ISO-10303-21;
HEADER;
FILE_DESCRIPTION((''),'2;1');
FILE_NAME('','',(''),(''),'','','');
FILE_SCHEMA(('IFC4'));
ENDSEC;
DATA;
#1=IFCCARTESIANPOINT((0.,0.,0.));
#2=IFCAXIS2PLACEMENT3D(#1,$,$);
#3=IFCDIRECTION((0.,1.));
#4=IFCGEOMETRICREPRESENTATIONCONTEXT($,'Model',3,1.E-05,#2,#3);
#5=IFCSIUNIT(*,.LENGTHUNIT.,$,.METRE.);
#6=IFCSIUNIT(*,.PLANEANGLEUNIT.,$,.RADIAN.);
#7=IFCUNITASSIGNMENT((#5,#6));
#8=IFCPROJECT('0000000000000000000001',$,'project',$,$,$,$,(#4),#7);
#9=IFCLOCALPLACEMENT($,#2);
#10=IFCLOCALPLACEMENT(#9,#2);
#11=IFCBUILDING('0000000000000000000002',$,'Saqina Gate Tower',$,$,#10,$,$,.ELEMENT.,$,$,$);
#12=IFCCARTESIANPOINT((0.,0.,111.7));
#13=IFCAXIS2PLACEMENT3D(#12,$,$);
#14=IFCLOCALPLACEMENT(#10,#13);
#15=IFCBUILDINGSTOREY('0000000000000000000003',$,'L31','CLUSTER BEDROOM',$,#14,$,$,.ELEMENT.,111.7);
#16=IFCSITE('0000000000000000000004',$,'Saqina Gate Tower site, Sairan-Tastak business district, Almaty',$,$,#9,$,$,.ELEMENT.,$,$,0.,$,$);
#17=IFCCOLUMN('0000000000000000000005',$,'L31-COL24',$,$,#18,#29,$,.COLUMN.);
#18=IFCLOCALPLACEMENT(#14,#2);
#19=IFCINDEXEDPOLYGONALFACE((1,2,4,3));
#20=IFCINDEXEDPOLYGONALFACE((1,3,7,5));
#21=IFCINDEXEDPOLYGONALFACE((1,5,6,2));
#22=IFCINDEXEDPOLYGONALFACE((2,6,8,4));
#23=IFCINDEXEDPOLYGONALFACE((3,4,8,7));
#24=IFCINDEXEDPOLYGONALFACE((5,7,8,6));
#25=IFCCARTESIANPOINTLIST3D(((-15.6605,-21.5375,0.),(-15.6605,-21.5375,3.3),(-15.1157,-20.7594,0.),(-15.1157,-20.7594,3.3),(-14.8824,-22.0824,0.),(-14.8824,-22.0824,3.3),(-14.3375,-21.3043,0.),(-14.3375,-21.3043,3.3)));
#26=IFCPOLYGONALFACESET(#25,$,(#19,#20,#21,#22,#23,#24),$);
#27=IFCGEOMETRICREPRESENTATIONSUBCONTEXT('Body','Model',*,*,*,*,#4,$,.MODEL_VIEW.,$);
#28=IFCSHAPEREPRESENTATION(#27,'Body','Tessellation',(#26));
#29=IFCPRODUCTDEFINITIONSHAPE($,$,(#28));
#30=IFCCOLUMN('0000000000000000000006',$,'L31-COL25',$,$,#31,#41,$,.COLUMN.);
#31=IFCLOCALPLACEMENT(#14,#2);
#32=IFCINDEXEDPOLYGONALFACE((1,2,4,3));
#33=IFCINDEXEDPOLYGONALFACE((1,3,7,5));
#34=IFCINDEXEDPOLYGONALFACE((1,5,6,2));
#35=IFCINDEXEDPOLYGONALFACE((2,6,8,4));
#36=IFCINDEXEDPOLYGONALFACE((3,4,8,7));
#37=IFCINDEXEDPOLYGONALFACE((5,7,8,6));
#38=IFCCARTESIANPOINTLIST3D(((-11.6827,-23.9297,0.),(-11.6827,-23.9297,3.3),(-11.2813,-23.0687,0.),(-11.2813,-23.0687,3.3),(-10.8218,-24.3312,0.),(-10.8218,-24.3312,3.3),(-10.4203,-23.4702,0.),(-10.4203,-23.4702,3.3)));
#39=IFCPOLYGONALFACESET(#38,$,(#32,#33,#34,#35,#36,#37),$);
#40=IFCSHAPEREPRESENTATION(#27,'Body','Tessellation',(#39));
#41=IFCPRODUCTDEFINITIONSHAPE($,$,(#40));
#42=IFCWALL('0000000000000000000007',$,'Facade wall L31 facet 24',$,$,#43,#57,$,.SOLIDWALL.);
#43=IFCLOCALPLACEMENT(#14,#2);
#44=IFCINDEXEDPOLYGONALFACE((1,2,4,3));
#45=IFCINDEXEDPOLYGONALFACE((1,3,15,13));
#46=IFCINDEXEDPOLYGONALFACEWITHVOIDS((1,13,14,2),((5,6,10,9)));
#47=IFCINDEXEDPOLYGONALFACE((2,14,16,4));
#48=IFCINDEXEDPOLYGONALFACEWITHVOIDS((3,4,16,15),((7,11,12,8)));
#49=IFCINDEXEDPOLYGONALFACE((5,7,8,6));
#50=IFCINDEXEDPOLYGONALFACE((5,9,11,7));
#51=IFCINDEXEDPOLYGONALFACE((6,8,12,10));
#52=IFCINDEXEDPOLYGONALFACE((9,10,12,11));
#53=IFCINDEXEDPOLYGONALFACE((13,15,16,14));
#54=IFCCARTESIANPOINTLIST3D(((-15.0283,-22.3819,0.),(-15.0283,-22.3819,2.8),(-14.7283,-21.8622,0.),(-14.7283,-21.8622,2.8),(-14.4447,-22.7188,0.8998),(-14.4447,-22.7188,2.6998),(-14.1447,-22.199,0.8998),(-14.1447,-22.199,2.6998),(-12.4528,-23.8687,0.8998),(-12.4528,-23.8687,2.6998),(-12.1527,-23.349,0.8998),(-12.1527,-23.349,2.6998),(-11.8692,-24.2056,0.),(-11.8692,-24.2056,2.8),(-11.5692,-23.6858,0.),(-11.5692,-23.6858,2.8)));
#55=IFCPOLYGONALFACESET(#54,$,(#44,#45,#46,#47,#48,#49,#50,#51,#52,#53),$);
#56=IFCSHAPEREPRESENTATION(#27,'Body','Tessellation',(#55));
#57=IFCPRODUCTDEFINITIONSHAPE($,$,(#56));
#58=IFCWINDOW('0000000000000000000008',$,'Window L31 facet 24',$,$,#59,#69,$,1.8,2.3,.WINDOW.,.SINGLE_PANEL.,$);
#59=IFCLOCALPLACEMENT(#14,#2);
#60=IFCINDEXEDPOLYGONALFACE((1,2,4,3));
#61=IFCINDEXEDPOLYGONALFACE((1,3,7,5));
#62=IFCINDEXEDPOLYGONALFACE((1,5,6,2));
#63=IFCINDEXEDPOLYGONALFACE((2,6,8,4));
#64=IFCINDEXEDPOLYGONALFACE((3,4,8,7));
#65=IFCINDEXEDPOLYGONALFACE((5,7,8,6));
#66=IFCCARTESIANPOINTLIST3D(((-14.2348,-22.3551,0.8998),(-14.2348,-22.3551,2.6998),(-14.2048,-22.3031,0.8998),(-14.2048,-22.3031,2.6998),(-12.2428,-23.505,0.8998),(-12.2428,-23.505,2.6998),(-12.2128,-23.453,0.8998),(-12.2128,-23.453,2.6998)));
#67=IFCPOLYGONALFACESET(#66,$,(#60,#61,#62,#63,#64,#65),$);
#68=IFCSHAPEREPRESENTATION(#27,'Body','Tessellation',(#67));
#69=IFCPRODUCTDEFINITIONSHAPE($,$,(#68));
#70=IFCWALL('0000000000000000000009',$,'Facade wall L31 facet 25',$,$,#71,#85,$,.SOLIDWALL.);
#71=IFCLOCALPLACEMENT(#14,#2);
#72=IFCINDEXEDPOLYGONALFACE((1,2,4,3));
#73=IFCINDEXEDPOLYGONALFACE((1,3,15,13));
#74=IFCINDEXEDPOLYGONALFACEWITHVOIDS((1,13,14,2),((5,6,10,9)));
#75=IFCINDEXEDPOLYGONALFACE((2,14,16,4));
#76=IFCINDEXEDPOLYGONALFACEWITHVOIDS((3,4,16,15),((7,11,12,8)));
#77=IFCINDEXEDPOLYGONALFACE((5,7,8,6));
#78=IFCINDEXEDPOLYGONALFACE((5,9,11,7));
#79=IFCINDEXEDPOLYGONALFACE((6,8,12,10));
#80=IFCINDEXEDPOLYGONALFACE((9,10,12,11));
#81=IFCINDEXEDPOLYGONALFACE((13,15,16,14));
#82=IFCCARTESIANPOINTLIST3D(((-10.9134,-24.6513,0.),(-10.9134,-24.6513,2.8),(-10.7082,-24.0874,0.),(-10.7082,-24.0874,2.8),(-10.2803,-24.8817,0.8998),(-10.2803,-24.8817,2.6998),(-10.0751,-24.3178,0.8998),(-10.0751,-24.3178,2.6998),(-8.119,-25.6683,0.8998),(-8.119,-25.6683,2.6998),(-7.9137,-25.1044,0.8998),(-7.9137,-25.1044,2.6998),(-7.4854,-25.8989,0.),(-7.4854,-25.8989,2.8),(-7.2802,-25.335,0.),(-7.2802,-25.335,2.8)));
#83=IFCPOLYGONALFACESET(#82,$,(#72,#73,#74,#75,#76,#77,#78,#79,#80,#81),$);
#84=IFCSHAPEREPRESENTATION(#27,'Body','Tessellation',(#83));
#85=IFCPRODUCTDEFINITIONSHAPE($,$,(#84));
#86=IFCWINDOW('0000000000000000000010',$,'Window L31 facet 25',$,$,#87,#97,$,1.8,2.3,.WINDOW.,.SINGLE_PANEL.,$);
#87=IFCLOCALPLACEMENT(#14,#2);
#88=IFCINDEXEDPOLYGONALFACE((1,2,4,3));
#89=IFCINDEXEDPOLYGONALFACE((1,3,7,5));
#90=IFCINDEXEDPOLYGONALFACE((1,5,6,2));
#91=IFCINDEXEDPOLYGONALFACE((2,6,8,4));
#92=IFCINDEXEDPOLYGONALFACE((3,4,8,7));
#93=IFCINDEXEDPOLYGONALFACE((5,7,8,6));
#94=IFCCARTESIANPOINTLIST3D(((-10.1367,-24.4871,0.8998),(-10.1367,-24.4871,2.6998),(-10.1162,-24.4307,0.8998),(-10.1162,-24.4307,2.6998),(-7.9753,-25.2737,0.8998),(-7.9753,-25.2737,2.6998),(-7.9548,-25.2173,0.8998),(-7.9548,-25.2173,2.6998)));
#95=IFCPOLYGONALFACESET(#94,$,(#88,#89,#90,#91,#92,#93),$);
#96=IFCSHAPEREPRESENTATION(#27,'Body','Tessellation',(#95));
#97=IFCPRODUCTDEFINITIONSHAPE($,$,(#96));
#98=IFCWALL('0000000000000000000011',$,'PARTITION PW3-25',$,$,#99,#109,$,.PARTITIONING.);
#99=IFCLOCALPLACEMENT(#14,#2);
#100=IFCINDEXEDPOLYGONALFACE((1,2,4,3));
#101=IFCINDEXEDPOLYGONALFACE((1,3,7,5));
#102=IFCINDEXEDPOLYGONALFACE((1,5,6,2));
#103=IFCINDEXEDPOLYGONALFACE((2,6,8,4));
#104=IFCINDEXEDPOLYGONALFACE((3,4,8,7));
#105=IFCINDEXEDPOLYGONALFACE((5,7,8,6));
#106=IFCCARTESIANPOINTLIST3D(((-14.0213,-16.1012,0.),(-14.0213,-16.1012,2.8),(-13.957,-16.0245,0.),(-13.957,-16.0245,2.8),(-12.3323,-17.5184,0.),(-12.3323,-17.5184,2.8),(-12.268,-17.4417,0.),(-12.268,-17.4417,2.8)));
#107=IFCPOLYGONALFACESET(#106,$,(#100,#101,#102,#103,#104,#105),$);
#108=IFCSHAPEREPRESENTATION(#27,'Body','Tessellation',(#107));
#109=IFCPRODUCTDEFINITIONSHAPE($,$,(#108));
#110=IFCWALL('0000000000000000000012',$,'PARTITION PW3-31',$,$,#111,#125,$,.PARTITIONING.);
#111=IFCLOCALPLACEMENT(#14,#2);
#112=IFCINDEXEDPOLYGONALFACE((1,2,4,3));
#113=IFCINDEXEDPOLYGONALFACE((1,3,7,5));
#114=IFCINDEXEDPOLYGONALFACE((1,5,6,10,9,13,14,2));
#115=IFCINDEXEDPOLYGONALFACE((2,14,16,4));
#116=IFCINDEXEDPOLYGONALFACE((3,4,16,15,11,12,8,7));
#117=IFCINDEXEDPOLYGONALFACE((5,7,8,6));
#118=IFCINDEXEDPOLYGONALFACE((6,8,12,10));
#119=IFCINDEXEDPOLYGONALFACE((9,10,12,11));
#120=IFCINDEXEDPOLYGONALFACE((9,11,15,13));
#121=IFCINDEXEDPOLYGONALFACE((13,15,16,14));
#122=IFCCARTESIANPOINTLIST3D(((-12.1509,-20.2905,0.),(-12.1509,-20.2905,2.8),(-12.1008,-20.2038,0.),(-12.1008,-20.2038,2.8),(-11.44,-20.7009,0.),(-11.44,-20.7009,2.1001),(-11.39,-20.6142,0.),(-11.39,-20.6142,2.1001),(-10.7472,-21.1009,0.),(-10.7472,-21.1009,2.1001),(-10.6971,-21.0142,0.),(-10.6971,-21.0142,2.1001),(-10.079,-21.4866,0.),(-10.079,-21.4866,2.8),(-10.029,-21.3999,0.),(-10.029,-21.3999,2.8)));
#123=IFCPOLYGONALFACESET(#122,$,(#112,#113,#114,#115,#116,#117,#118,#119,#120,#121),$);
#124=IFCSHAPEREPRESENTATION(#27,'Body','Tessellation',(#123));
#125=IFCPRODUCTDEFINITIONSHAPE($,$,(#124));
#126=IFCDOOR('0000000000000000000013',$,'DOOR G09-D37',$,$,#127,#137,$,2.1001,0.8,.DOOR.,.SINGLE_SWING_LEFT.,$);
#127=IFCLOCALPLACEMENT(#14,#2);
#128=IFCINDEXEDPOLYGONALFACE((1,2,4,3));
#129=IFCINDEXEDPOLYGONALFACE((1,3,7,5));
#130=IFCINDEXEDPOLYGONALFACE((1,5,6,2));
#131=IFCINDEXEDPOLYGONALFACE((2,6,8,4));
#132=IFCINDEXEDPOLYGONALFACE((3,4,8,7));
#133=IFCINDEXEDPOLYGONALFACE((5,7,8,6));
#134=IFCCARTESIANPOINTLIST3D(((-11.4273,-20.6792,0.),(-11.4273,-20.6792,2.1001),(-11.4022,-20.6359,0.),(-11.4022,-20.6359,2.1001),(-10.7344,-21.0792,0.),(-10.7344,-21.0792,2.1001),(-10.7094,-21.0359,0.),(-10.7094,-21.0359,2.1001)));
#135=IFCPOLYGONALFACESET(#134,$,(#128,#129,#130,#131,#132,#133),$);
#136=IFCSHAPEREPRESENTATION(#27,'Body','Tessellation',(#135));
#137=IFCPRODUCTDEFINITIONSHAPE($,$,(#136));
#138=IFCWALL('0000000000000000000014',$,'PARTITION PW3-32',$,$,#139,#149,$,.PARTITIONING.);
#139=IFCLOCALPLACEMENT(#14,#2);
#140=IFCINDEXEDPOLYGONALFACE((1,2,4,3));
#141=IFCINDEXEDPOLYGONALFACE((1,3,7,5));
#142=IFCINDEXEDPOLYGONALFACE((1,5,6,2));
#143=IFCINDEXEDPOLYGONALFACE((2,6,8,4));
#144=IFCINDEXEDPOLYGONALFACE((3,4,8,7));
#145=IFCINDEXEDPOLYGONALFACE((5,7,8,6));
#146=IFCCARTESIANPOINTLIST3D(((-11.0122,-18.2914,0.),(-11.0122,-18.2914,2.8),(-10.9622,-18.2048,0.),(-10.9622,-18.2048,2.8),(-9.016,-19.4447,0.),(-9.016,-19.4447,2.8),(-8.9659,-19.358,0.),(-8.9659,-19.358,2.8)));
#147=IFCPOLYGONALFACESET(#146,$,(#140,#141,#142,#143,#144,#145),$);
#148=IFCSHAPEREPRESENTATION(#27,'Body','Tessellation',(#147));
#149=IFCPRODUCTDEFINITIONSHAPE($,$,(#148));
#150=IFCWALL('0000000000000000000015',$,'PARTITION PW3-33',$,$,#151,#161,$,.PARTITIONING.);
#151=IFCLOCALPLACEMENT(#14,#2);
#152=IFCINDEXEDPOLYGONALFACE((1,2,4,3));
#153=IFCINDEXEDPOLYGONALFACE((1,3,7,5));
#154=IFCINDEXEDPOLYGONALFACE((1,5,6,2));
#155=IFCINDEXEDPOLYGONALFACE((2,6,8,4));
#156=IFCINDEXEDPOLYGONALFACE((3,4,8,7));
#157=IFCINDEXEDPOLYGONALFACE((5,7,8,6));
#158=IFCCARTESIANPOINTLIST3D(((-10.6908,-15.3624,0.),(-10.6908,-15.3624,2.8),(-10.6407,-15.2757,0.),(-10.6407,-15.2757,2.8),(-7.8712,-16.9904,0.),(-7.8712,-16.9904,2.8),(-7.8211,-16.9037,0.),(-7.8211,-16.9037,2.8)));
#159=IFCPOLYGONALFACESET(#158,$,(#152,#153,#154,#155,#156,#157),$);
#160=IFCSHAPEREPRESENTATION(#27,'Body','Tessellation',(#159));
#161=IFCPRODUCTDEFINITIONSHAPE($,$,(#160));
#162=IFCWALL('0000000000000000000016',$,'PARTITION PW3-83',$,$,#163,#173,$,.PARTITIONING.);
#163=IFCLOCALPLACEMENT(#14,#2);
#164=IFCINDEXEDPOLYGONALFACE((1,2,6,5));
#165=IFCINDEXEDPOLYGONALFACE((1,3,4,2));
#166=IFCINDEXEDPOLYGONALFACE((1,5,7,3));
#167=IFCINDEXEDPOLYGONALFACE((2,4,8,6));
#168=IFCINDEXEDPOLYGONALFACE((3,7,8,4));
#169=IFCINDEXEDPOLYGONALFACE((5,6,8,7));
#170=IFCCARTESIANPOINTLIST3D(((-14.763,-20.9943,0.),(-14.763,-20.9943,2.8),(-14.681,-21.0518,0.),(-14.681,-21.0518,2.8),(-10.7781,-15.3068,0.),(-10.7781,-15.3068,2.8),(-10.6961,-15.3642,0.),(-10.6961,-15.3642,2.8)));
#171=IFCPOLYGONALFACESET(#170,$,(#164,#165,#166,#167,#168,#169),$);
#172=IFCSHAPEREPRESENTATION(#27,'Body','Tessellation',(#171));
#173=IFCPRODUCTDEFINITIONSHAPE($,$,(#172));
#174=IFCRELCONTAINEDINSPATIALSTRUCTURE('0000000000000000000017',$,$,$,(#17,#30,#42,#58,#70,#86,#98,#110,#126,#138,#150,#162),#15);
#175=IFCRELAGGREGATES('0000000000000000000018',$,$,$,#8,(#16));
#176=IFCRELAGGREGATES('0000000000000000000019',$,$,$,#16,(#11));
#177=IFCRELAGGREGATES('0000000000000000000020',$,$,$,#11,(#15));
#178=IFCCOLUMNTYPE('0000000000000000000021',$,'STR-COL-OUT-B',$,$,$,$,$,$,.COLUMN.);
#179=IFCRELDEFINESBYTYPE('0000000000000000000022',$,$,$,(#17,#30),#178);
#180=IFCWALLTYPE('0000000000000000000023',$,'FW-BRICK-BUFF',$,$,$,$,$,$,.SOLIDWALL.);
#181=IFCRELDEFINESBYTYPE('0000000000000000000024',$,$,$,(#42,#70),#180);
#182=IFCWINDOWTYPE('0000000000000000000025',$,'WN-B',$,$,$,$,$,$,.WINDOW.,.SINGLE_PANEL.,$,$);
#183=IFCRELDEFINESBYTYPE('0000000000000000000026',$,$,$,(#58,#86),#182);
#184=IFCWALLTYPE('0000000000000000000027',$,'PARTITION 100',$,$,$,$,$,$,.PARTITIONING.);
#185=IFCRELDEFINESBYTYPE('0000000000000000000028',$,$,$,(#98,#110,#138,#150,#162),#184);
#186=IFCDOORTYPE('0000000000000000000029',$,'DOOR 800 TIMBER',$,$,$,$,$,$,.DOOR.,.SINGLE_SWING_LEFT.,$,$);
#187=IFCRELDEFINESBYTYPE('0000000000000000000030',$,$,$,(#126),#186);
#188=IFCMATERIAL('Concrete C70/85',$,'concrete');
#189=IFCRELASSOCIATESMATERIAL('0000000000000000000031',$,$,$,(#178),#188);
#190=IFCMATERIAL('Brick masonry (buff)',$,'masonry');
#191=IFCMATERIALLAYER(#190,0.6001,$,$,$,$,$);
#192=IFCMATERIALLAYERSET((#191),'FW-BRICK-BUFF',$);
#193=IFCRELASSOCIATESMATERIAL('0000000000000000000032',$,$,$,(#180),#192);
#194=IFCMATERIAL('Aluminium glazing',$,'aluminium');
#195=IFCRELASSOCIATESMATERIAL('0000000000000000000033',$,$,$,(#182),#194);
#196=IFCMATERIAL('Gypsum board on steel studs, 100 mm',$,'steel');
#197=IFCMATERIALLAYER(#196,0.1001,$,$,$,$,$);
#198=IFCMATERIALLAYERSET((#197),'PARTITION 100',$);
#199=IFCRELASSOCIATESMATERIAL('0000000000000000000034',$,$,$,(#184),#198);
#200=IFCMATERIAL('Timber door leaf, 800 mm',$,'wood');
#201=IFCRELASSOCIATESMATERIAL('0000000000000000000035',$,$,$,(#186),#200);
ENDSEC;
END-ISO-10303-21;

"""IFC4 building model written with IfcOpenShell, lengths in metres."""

from ifc_helpers import new_model, si_unit, direction, frame, frame_2d, origin, origin_2d, place, context, subcontext, project, spatial, rectangle, extrude, material, layer, layer_set, material_profile, profile_set, type_object, element, fill, save


model = new_model("IFC4")

# Units and contexts
model_context = context("Model", 3, precision=1e-05, world=origin(), true_north=direction((0.0, 1.0)))
body_context = subcontext(model_context, "Body", "Model", "MODEL_VIEW")
ifc_project = project(units=[si_unit("LENGTHUNIT", "METRE"), si_unit("PLANEANGLEUNIT", "RADIAN")], contexts=[model_context])

# Site, building, storey
site_placement = place(None, origin())
site = spatial("IfcSite", under=ifc_project, at=site_placement, Name="Saqina Gate Tower site, Sairan-Tastak business district, Almaty", CompositionType="ELEMENT", RefElevation=0.0)
building_placement = place(site_placement, origin())
building = spatial("IfcBuilding", under=site, at=building_placement, Name="Saqina Gate Tower", CompositionType="ELEMENT")
storey_placement = place(building_placement, frame((0.0, 0.0, 111.7)))
storey = spatial("IfcBuildingStorey", under=building, at=storey_placement, Name="L31", Description="CLUSTER BEDROOM", CompositionType="ELEMENT", Elevation=111.7)

# Columns
ifc_material_1 = material(Name="Concrete C70/85", Category="concrete")
ifc_material_profile = material_profile(ifc_material_1, rectangle(XDim=0.95, YDim=0.95, at=origin_2d()), Name="RC 950x950")
ifc_profile_set = profile_set([ifc_material_profile], Name="Concrete C70/85")
column_type = type_object("IfcColumnType", Name="STR-COL-OUT-B", PredefinedType="COLUMN", material=ifc_profile_set)
for number, where, z_axis, x_axis, name in (
    (1, (-14.999, -21.4209, 0.0), (0.0, 0.0, 1.0), (-0.573576, -0.819152, 0.0), "L31-COL24"),
    (2, (-11.0515, -23.7, 0.0), (0.0, 0.0, 1.0), (-0.422618, -0.906308, 0.0), "L31-COL25"),
):
    element("IfcColumn", number, at=place(storey_placement, frame(where, z_axis=z_axis, x_axis=x_axis)), inside=storey, type_object=column_type, Name=name, PredefinedType="COLUMN", context=body_context, shape_type="SweptSolid", body=[
        extrude(rectangle(XDim=0.95, YDim=0.95, at=origin_2d()), origin(), (0.0, 0.0, 1.0), 3.3),
    ])

# Walls, openings, windows
ifc_material_2 = material(Name="Brick masonry (buff)", Category="masonry")
ifc_layer_1 = layer(ifc_material_2, 0.6001)
ifc_layer_set_1 = layer_set([ifc_layer_1], Name="FW-BRICK-BUFF")
wall_type_1 = type_object("IfcWallType", Name="FW-BRICK-BUFF", PredefinedType="SOLIDWALL", material=ifc_layer_set_1)
wall_1_placement = place(storey_placement, frame((-14.8782, -22.1221, 0.0), z_axis=(0.0, 0.0, 1.0), x_axis=(0.866052, -0.499954, 0.0)))
wall_1 = element("IfcWall", 3, at=wall_1_placement, inside=storey, type_object=wall_type_1, Name="Facade wall L31 facet 24", PredefinedType="SOLIDWALL", context=body_context, shape_type="SweptSolid", body=[
    extrude(rectangle(XDim=3.6477, YDim=0.6001, at=frame_2d((1.8237, 0.0))), origin(), (0.0, 0.0, 1.0), 2.8),
])
opening_1_placement = place(wall_1_placement, frame((0.6738, 0.0, 0.8999)))
opening_1 = element("IfcOpeningElement", 4, at=opening_1_placement, cuts=wall_1, PredefinedType="OPENING", context=body_context, shape_type="SweptSolid", body=[
    extrude(rectangle(XDim=2.3, YDim=1.8, at=frame_2d((1.1499, 0.8999))), frame((0.0, 0.312, 0.0), z_axis=(0.0, -1.0, 0.0), x_axis=(1.0, 0.0, 0.0)), (0.0, 0.0, 1.0), 0.624),
])
ifc_material_3 = material(Name="Aluminium glazing", Category="aluminium")
window_type = type_object("IfcWindowType", Name="WN-B", PartitioningType="SINGLE_PANEL", PredefinedType="WINDOW", material=ifc_material_3)
window_1_placement = place(opening_1_placement, origin())
window_1 = element("IfcWindow", 5, at=window_1_placement, inside=storey, type_object=window_type, Name="Window L31 facet 24", OverallHeight=1.8, OverallWidth=2.3, PartitioningType="SINGLE_PANEL", PredefinedType="WINDOW", context=body_context, shape_type="SweptSolid", body=[
    extrude(rectangle(XDim=2.3, YDim=1.8, at=frame_2d((1.1499, 0.8999))), frame((0.0, 0.1799, 0.0), z_axis=(0.0, -1.0, 0.0), x_axis=(1.0, 0.0, 0.0)), (0.0, 0.0, 1.0), 0.0601),
])
fill(opening_1, window_1)
wall_2_placement = place(storey_placement, frame((-10.8108, -24.3694, 0.0), z_axis=(0.0, 0.0, 1.0), x_axis=(0.939704, -0.34199, 0.0)))
wall_2 = element("IfcWall", 6, at=wall_2_placement, inside=storey, type_object=wall_type_1, Name="Facade wall L31 facet 25", PredefinedType="SOLIDWALL", context=body_context, shape_type="SweptSolid", body=[
    extrude(rectangle(XDim=3.6479, YDim=0.6001, at=frame_2d((1.824, 0.0))), origin(), (0.0, 0.0, 1.0), 2.8),
])
opening_2_placement = place(wall_2_placement, frame((0.6738, 0.0, 0.8999)))
opening_2 = element("IfcOpeningElement", 7, at=opening_2_placement, cuts=wall_2, PredefinedType="OPENING", context=body_context, shape_type="SweptSolid", body=[
    extrude(rectangle(XDim=2.3, YDim=1.8, at=frame_2d((1.1499, 0.8999))), frame((0.0, 0.312, 0.0), z_axis=(0.0, -1.0, 0.0), x_axis=(1.0, 0.0, 0.0)), (0.0, 0.0, 1.0), 0.624),
])
window_2_placement = place(opening_2_placement, origin())
window_2 = element("IfcWindow", 8, at=window_2_placement, inside=storey, type_object=window_type, Name="Window L31 facet 25", OverallHeight=1.8, OverallWidth=2.3, PartitioningType="SINGLE_PANEL", PredefinedType="WINDOW", context=body_context, shape_type="SweptSolid", body=[
    extrude(rectangle(XDim=2.3, YDim=1.8, at=frame_2d((1.1499, 0.8999))), frame((0.0, 0.1799, 0.0), z_axis=(0.0, -1.0, 0.0), x_axis=(1.0, 0.0, 0.0)), (0.0, 0.0, 1.0), 0.0601),
])
fill(opening_2, window_2)

# Wall
ifc_material_4 = material(Name="Gypsum board on steel studs, 100 mm", Category="steel")
ifc_layer_2 = layer(ifc_material_4, 0.1001)
ifc_layer_set_2 = layer_set([ifc_layer_2], Name="PARTITION 100")
wall_type_2 = type_object("IfcWallType", Name="PARTITION 100", PredefinedType="PARTITIONING", material=ifc_layer_set_2)
wall_3_placement = place(storey_placement, frame((-13.9893, -16.0627, 0.0), z_axis=(0.0, 0.0, 1.0), x_axis=(0.766039, -0.642795, 0.0)))
element("IfcWall", 9, at=wall_3_placement, inside=storey, type_object=wall_type_2, Name="PARTITION PW3-25", PredefinedType="PARTITIONING", context=body_context, shape_type="SweptSolid", body=[
    extrude(rectangle(XDim=2.2048, YDim=0.1001, at=frame_2d((1.1025, 0.0))), origin(), (0.0, 0.0, 1.0), 2.8),
])

# Wall, opening, door
wall_4_placement = place(storey_placement, frame((-12.126, -20.2471, 0.0), z_axis=(0.0, 0.0, 1.0), x_axis=(0.866043, -0.49997, 0.0)))
wall_4 = element("IfcWall", 10, at=wall_4_placement, inside=storey, type_object=wall_type_2, Name="PARTITION PW3-31", PredefinedType="PARTITIONING", context=body_context, shape_type="SweptSolid", body=[
    extrude(rectangle(XDim=2.3923, YDim=0.1001, at=frame_2d((1.1963, 0.0))), origin(), (0.0, 0.0, 1.0), 2.8),
])
opening_3_placement = place(wall_4_placement, frame((0.821, 0.0, 0.0)))
opening_3 = element("IfcOpeningElement", 11, at=opening_3_placement, cuts=wall_4, PredefinedType="OPENING", context=body_context, shape_type="SweptSolid", body=[
    extrude(rectangle(XDim=0.8, YDim=2.1001, at=frame_2d((0.3999, 1.05))), frame((0.0, 0.062, 0.0), z_axis=(0.0, -1.0, 0.0), x_axis=(1.0, 0.0, 0.0)), (0.0, 0.0, 1.0), 0.124),
])
ifc_material_5 = material(Name="Timber door leaf, 800 mm", Category="wood")
door_type_1 = type_object("IfcDoorType", Name="DOOR 800 TIMBER", OperationType="SINGLE_SWING_LEFT", PredefinedType="DOOR", material=ifc_material_5)
door_1_placement = place(opening_3_placement, frame((0.8, 0.0, 0.0), z_axis=(0.0, 0.0, 1.0), x_axis=(-1.0, 0.0, 0.0)))
door_1 = element("IfcDoor", 12, at=door_1_placement, inside=storey, type_object=door_type_1, Name="DOOR G09-D37", OperationType="SINGLE_SWING_LEFT", OverallHeight=2.1001, OverallWidth=0.8, PredefinedType="DOOR", context=body_context, shape_type="SweptSolid", body=[
    extrude(rectangle(XDim=0.8, YDim=2.1001, at=frame_2d((0.3999, 1.05))), frame((0.0, 0.0249, 0.0), z_axis=(0.0, -1.0, 0.0), x_axis=(1.0, 0.0, 0.0)), (0.0, 0.0, 1.0), 0.05),
])
fill(opening_3, door_1)

# Walls
wall_5_placement = place(storey_placement, frame((-10.9873, -18.248, 0.0), z_axis=(0.0, 0.0, 1.0), x_axis=(0.865887, -0.500239, 0.0)))
element("IfcWall", 13, at=wall_5_placement, inside=storey, type_object=wall_type_2, Name="PARTITION PW3-32", PredefinedType="PARTITIONING", context=body_context, shape_type="SweptSolid", body=[
    extrude(rectangle(XDim=2.3054, YDim=0.1001, at=frame_2d((1.1528, 0.0))), origin(), (0.0, 0.0, 1.0), 2.8),
])
wall_6_placement = place(storey_placement, frame((-10.6658, -15.3191, 0.0), z_axis=(0.0, 0.0, 1.0), x_axis=(0.86602, -0.50001, 0.0)))
element("IfcWall", 14, at=wall_6_placement, inside=storey, type_object=wall_type_2, Name="PARTITION PW3-33", PredefinedType="PARTITIONING", context=body_context, shape_type="SweptSolid", body=[
    extrude(rectangle(XDim=3.2559, YDim=0.1001, at=frame_2d((1.6279, 0.0))), origin(), (0.0, 0.0, 1.0), 2.8),
])
wall_7_placement = place(storey_placement, frame((-14.7219, -21.0229, 0.0), z_axis=(0.0, 0.0, 1.0), x_axis=(0.573811, 0.818987, 0.0)))
element("IfcWall", 15, at=wall_7_placement, inside=storey, type_object=wall_type_2, Name="PARTITION PW3-83", PredefinedType="PARTITIONING", context=body_context, shape_type="SweptSolid", body=[
    extrude(rectangle(XDim=6.9446, YDim=0.1001, at=frame_2d((3.4722, 0.0))), origin(), (0.0, 0.0, 1.0), 2.8),
])

save(model, "model.ifc")
